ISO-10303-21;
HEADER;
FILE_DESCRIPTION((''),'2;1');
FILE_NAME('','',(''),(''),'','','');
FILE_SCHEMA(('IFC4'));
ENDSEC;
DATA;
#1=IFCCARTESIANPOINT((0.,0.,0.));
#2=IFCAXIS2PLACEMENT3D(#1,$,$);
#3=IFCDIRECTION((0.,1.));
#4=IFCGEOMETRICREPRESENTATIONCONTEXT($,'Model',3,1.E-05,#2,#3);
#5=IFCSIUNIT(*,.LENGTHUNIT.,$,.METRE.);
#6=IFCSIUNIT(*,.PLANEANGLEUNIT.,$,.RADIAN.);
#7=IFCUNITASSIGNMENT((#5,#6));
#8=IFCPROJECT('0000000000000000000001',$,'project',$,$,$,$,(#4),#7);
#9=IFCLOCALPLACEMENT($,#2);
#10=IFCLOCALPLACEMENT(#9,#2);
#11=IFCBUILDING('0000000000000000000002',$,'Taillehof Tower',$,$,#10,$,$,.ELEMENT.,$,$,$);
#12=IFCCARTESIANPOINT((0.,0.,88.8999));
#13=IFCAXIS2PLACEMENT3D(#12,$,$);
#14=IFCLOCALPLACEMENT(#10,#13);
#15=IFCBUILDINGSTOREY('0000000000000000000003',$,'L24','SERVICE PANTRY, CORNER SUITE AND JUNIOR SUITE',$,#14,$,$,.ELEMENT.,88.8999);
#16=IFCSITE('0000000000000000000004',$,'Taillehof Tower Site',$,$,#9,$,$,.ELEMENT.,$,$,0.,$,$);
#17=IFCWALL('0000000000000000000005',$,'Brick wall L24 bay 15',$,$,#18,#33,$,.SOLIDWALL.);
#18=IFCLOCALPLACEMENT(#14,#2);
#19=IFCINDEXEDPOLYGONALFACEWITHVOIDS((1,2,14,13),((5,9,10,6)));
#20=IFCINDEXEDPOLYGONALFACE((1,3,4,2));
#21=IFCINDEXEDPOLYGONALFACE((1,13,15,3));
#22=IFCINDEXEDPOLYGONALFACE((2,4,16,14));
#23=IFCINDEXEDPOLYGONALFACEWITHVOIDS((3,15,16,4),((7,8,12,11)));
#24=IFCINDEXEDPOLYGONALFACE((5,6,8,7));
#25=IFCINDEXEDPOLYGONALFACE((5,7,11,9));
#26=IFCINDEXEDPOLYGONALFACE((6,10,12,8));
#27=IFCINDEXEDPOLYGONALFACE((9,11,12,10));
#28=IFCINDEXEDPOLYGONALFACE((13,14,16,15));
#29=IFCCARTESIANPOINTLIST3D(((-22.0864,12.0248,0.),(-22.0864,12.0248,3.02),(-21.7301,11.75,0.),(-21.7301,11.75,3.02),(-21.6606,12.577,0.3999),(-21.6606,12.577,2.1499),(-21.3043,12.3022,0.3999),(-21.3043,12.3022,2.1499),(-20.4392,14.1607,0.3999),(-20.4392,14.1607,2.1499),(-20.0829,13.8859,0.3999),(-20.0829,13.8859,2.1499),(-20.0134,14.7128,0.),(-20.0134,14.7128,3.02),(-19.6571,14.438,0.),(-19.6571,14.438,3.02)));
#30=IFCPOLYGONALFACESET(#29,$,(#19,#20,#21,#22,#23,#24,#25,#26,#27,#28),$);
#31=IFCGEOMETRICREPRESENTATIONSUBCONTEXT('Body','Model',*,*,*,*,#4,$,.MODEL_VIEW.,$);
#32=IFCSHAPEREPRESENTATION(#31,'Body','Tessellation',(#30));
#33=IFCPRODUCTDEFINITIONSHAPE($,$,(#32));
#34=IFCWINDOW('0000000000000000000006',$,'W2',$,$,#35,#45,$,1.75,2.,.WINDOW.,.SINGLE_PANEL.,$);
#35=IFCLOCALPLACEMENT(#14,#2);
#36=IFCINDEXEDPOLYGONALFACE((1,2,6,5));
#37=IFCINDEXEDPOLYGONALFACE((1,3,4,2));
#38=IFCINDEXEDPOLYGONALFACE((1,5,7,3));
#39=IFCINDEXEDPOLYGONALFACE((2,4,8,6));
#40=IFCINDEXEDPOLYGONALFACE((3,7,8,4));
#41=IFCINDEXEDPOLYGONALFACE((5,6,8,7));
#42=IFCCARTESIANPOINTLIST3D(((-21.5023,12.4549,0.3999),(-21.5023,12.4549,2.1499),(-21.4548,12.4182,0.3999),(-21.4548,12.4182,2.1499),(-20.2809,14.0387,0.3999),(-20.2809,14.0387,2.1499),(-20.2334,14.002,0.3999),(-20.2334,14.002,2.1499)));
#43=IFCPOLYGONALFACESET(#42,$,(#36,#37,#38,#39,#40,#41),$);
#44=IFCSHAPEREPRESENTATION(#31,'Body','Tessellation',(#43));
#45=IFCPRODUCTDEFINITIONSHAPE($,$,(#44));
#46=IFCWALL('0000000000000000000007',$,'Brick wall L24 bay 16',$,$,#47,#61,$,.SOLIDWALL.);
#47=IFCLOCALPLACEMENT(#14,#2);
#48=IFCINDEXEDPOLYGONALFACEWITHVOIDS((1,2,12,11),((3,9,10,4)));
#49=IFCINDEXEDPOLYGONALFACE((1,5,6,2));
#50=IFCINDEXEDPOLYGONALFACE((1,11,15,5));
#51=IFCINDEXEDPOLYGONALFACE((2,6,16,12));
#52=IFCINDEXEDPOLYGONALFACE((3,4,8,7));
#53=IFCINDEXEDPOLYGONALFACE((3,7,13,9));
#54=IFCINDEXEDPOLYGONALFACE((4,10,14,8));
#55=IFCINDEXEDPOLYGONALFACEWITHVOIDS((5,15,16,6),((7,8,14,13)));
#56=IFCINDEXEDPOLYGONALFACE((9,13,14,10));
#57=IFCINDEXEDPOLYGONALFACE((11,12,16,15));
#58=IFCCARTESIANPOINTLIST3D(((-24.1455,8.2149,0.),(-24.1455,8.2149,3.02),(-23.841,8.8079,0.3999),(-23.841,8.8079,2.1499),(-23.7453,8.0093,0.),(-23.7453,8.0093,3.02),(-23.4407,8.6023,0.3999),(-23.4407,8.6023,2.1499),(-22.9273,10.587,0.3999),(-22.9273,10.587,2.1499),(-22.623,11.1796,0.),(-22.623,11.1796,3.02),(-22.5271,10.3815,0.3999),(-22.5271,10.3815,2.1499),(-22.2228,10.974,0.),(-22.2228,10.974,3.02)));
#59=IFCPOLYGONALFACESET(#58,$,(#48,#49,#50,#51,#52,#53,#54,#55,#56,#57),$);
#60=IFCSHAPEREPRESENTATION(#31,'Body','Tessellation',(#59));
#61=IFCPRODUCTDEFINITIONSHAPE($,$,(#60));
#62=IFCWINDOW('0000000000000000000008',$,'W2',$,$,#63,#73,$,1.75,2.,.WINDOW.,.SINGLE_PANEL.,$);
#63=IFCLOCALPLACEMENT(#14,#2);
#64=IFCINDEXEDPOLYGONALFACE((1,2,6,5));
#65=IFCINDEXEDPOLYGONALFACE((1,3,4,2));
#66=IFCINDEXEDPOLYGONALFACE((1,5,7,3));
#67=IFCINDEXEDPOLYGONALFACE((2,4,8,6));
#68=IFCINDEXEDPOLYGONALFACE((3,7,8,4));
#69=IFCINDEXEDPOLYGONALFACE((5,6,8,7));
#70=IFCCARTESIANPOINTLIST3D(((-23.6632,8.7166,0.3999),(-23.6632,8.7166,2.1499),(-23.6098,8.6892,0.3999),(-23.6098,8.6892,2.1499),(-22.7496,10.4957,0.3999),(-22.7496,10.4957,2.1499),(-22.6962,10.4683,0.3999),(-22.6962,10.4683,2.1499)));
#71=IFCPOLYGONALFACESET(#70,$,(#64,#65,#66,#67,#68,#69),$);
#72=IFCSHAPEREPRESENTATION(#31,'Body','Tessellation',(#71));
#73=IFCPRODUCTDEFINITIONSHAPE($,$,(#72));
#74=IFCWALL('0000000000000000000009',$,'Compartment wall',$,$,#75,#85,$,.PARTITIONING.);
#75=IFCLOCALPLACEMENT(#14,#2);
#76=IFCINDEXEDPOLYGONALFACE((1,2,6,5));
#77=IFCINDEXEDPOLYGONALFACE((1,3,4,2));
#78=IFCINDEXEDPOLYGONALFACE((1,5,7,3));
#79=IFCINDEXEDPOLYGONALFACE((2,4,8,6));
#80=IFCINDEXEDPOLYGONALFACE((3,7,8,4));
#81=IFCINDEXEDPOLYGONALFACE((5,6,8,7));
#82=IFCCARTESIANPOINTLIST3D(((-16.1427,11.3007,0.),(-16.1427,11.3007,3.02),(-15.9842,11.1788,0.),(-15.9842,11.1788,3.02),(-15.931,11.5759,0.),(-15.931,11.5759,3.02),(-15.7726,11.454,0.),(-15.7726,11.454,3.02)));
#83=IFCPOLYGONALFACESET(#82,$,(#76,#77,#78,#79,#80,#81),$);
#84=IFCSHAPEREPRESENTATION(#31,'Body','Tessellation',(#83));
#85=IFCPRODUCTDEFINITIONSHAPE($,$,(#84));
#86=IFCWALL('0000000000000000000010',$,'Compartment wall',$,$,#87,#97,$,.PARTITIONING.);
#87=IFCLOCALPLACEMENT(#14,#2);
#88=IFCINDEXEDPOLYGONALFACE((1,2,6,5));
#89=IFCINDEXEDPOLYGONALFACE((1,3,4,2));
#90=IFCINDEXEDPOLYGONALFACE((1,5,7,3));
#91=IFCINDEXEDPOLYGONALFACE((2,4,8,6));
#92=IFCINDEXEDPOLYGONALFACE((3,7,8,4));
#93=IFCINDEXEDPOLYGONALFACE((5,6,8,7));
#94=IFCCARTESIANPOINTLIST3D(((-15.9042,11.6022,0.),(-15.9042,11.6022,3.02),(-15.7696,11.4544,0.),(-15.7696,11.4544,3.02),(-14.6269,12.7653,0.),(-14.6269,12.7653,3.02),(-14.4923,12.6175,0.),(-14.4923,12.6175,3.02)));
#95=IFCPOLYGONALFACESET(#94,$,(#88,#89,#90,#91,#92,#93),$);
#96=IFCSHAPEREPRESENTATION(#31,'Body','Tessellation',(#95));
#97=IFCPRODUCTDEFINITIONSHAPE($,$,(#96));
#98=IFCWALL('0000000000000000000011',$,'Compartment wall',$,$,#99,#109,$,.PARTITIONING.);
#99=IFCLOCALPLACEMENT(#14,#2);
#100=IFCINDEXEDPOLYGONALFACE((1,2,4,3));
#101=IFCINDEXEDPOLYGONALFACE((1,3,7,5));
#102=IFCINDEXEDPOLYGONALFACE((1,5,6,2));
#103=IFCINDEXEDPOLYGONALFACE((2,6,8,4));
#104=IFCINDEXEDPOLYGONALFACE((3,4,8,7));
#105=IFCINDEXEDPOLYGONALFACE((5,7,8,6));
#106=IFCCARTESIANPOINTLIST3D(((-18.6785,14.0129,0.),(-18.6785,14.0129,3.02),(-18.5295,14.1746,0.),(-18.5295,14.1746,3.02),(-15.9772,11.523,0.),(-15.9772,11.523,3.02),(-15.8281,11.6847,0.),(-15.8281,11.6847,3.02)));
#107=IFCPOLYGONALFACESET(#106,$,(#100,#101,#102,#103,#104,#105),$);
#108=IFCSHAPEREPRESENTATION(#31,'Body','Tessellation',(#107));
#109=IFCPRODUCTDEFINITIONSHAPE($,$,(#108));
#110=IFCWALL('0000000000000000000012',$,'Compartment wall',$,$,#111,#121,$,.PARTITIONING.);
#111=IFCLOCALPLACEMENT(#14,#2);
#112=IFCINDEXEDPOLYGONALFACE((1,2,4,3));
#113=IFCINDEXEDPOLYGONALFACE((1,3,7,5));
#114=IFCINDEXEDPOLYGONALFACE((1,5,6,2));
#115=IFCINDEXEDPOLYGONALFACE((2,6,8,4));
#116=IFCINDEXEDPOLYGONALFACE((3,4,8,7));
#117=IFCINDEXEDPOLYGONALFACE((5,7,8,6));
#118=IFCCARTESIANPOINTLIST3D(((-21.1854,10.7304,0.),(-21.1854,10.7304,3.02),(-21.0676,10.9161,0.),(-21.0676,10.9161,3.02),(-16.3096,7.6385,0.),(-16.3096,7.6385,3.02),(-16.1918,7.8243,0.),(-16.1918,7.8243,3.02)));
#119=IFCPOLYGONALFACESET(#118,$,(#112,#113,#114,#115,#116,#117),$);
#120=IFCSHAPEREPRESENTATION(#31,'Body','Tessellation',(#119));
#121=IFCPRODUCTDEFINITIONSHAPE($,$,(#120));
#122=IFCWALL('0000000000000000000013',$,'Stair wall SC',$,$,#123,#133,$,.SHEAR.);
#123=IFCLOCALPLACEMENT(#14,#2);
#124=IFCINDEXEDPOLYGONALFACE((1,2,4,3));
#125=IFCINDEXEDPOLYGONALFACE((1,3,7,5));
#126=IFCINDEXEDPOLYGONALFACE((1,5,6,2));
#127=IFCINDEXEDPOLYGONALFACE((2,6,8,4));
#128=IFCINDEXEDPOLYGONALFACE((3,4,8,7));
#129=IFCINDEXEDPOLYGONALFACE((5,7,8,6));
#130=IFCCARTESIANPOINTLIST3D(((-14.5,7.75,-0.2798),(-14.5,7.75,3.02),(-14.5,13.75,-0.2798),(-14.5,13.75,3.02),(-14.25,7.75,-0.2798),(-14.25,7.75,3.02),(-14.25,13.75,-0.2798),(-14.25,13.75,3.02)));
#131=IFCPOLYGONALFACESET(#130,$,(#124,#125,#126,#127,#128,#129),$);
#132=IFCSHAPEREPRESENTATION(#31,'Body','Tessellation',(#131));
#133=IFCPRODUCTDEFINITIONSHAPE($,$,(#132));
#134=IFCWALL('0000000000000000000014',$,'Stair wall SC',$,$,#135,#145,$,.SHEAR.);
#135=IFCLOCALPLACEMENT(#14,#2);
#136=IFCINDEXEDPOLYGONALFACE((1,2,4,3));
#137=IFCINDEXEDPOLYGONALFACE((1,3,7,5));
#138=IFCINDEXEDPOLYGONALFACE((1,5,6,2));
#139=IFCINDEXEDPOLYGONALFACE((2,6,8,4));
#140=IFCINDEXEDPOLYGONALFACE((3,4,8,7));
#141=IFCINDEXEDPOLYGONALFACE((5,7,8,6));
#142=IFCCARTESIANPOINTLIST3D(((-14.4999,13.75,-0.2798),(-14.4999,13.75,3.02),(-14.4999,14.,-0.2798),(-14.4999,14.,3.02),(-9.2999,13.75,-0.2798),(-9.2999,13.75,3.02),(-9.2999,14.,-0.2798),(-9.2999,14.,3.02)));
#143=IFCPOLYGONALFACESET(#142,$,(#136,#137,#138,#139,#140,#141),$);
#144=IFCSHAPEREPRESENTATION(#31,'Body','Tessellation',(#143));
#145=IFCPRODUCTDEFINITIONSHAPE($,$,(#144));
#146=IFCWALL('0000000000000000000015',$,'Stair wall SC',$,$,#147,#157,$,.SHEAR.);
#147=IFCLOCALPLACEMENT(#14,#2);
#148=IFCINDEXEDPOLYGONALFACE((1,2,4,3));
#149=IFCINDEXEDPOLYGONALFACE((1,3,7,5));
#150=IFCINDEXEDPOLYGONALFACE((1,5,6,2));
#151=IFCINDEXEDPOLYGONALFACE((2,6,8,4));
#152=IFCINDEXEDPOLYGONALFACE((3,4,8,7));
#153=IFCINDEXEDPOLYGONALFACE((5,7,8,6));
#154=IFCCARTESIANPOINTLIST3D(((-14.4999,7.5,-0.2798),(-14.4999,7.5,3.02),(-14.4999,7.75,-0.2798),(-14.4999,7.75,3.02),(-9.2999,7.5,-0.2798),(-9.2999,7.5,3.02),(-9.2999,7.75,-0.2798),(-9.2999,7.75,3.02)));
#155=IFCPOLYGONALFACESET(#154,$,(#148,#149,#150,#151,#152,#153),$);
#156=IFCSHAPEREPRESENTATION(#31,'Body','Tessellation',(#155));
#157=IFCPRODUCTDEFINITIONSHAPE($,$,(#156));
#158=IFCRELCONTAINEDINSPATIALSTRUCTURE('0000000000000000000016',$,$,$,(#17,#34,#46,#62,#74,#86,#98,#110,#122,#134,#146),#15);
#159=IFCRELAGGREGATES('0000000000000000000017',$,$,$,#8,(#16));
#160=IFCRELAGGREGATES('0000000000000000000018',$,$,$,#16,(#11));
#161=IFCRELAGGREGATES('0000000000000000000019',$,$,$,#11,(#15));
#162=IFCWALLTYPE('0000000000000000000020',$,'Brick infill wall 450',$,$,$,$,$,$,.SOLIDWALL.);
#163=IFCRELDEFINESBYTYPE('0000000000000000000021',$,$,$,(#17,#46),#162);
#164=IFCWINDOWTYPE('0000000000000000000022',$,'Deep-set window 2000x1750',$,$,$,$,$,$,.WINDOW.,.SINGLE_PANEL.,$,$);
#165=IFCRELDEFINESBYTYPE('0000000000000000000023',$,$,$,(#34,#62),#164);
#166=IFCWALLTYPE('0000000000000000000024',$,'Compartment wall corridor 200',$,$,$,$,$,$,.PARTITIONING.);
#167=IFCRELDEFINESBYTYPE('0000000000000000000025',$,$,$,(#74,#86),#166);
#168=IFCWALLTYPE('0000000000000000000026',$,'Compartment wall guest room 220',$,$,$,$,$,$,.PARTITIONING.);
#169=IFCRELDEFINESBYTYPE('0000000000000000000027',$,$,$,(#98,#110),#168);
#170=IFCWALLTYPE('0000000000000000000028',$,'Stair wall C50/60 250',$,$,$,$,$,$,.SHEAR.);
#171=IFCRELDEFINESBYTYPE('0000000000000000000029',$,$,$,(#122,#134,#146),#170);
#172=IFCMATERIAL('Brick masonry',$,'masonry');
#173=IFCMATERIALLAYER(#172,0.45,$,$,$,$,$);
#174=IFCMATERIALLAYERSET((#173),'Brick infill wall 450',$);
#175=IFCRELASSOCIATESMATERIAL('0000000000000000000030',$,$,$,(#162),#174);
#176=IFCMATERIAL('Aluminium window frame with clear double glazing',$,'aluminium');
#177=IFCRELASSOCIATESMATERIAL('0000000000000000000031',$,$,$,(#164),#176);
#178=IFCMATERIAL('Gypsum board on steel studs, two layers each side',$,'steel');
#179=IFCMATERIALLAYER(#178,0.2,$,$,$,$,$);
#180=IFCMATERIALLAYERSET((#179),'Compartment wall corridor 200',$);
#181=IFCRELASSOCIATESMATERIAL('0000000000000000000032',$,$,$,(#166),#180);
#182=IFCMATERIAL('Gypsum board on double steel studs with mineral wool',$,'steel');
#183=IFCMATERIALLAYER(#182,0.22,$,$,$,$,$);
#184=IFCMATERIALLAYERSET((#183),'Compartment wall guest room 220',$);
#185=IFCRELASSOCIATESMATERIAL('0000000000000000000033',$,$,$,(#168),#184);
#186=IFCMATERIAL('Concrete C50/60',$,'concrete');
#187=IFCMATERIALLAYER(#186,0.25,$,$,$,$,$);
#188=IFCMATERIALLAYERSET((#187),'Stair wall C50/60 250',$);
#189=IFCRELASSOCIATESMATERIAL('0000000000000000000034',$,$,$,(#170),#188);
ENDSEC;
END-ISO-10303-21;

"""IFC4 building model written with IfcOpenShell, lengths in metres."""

from ifc_helpers import new_model, si_unit, direction, frame, frame_2d, origin, place, context, subcontext, project, spatial, rectangle, extrude, material, layer, layer_set, type_object, element, fill, save


model = new_model("IFC4")

# Units and contexts
model_context = context("Model", 3, precision=1e-05, world=origin(), true_north=direction((0.0, 1.0)))
body_context = subcontext(model_context, "Body", "Model", "MODEL_VIEW")
ifc_project = project(units=[si_unit("LENGTHUNIT", "METRE"), si_unit("PLANEANGLEUNIT", "RADIAN")], contexts=[model_context])

# Site, building, storey
site_placement = place(None, origin())
site = spatial("IfcSite", under=ifc_project, at=site_placement, Name="Taillehof Tower Site", CompositionType="ELEMENT", RefElevation=0.0)
building_placement = place(site_placement, origin())
building = spatial("IfcBuilding", under=site, at=building_placement, Name="Taillehof Tower", CompositionType="ELEMENT")
storey_placement = place(building_placement, frame((0.0, 0.0, 88.8999)))
storey = spatial("IfcBuildingStorey", under=building, at=storey_placement, Name="L24", Description="SERVICE PANTRY, CORNER SUITE AND JUNIOR SUITE", CompositionType="ELEMENT", Elevation=88.8999)

# Walls, openings, windows
ifc_material_1 = material(Name="Brick masonry", Category="masonry")
ifc_layer_1 = layer(ifc_material_1, 0.45)
ifc_layer_set_1 = layer_set([ifc_layer_1], Name="Brick infill wall 450")
wall_type_1 = type_object("IfcWallType", Name="Brick infill wall 450", PredefinedType="SOLIDWALL", material=ifc_layer_set_1)
ifc_material_2 = material(Name="Aluminium window frame with clear double glazing", Category="aluminium")
window_type = type_object("IfcWindowType", Name="Deep-set window 2000x1750", PartitioningType="SINGLE_PANEL", PredefinedType="WINDOW", material=ifc_material_2)
wall_1_placement = place(storey_placement, frame((-19.8352, 14.5754, 0.0), z_axis=(0.0, 0.0, 1.0), x_axis=(-0.610694, -0.791867, 0.0)))
wall_1 = element("IfcWall", 1, at=wall_1_placement, inside=storey, type_object=wall_type_1, Name="Brick wall L24 bay 15", PredefinedType="SOLIDWALL", context=body_context, shape_type="SweptSolid", body=[
    extrude(rectangle(XDim=3.3945, YDim=0.45, at=frame_2d((1.6973, 0.0))), origin(), (0.0, 0.0, 1.0), 3.02),
])
opening_1_placement = place(wall_1_placement, frame((0.6973, 0.0, 0.3999)))
opening_1 = element("IfcOpeningElement", 2, at=opening_1_placement, cuts=wall_1, PredefinedType="OPENING", context=body_context, shape_type="SweptSolid", body=[
    extrude(rectangle(XDim=2.0, YDim=1.75, at=frame_2d((1.0, 0.875))), frame((0.0, 0.2349, 0.0), z_axis=(0.0, -1.0, 0.0), x_axis=(1.0, 0.0, 0.0)), (0.0, 0.0, 1.0), 0.47),
])
window_1_placement = place(opening_1_placement, origin())
window_1 = element("IfcWindow", 3, at=window_1_placement, inside=storey, type_object=window_type, Name="W2", OverallHeight=1.75, OverallWidth=2.0, PartitioningType="SINGLE_PANEL", PredefinedType="WINDOW", context=body_context, shape_type="SweptSolid", body=[
    extrude(rectangle(XDim=2.0, YDim=1.75, at=frame_2d((1.0, 0.875))), frame((0.0, 0.0349, 0.0), z_axis=(0.0, -1.0, 0.0), x_axis=(1.0, 0.0, 0.0)), (0.0, 0.0, 1.0), 0.0601),
])
fill(opening_1, window_1)
wall_2_placement = place(storey_placement, frame((-22.4229, 11.0769, 0.0), z_axis=(0.0, 0.0, 1.0), x_axis=(-0.456828, -0.889555, 0.0)))
wall_2 = element("IfcWall", 4, at=wall_2_placement, inside=storey, type_object=wall_type_1, Name="Brick wall L24 bay 16", PredefinedType="SOLIDWALL", context=body_context, shape_type="SweptSolid", body=[
    extrude(rectangle(XDim=3.3328, YDim=0.45, at=frame_2d((1.6665, 0.0))), origin(), (0.0, 0.0, 1.0), 3.02),
])
opening_2_placement = place(wall_2_placement, frame((0.6663, 0.0, 0.3999)))
opening_2 = element("IfcOpeningElement", 5, at=opening_2_placement, cuts=wall_2, PredefinedType="OPENING", context=body_context, shape_type="SweptSolid", body=[
    extrude(rectangle(XDim=2.0, YDim=1.75, at=frame_2d((1.0, 0.875))), frame((0.0, 0.2349, 0.0), z_axis=(0.0, -1.0, 0.0), x_axis=(1.0, 0.0, 0.0)), (0.0, 0.0, 1.0), 0.47),
])
window_2_placement = place(opening_2_placement, origin())
window_2 = element("IfcWindow", 6, at=window_2_placement, inside=storey, type_object=window_type, Name="W2", OverallHeight=1.75, OverallWidth=2.0, PartitioningType="SINGLE_PANEL", PredefinedType="WINDOW", context=body_context, shape_type="SweptSolid", body=[
    extrude(rectangle(XDim=2.0, YDim=1.75, at=frame_2d((1.0, 0.875))), frame((0.0, 0.0349, 0.0), z_axis=(0.0, -1.0, 0.0), x_axis=(1.0, 0.0, 0.0)), (0.0, 0.0, 1.0), 0.0601),
])
fill(opening_2, window_2)

# Walls
ifc_material_3 = material(Name="Gypsum board on steel studs, two layers each side", Category="steel")
ifc_layer_2 = layer(ifc_material_3, 0.2)
ifc_layer_set_2 = layer_set([ifc_layer_2], Name="Compartment wall corridor 200")
wall_type_2 = type_object("IfcWallType", Name="Compartment wall corridor 200", PredefinedType="PARTITIONING", material=ifc_layer_set_2)
wall_3_placement = place(storey_placement, frame((-16.0635, 11.2397, 0.0), z_axis=(0.0, 0.0, 1.0), x_axis=(0.609745, 0.792598, 0.0)))
element("IfcWall", 7, at=wall_3_placement, inside=storey, type_object=wall_type_2, Name="Compartment wall", PredefinedType="PARTITIONING", context=body_context, shape_type="SweptSolid", body=[
    extrude(rectangle(XDim=0.3472, YDim=0.2, at=frame_2d((0.1736, 0.0))), origin(), (0.0, 0.0, 1.0), 3.02),
])
wall_4_placement = place(storey_placement, frame((-15.8369, 11.5283, 0.0), z_axis=(0.0, 0.0, 1.0), x_axis=(0.739403, 0.673263, 0.0)))
element("IfcWall", 8, at=wall_4_placement, inside=storey, type_object=wall_type_2, Name="Compartment wall", PredefinedType="PARTITIONING", context=body_context, shape_type="SweptSolid", body=[
    extrude(rectangle(XDim=1.7275, YDim=0.2, at=frame_2d((0.8638, 0.0))), origin(), (0.0, 0.0, 1.0), 3.02),
])
ifc_material_4 = material(Name="Gypsum board on double steel studs with mineral wool", Category="steel")
ifc_layer_3 = layer(ifc_material_4, 0.22)
ifc_layer_set_3 = layer_set([ifc_layer_3], Name="Compartment wall guest room 220")
wall_type_3 = type_object("IfcWallType", Name="Compartment wall guest room 220", PredefinedType="PARTITIONING", material=ifc_layer_set_3)
wall_5_placement = place(storey_placement, frame((-18.604, 14.0938, 0.0), z_axis=(0.0, 0.0, 1.0), x_axis=(0.735295, -0.677747, 0.0)))
element("IfcWall", 9, at=wall_5_placement, inside=storey, type_object=wall_type_3, Name="Compartment wall", PredefinedType="PARTITIONING", context=body_context, shape_type="SweptSolid", body=[
    extrude(rectangle(XDim=3.6738, YDim=0.22, at=frame_2d((1.8369, 0.0))), origin(), (0.0, 0.0, 1.0), 3.02),
])
wall_6_placement = place(storey_placement, frame((-21.1265, 10.8232, 0.0), z_axis=(0.0, 0.0, 1.0), x_axis=(0.844519, -0.535526, 0.0)))
element("IfcWall", 10, at=wall_6_placement, inside=storey, type_object=wall_type_3, Name="Compartment wall", PredefinedType="PARTITIONING", context=body_context, shape_type="SweptSolid", body=[
    extrude(rectangle(XDim=5.7734, YDim=0.22, at=frame_2d((2.8867, 0.0))), origin(), (0.0, 0.0, 1.0), 3.02),
])
ifc_material_5 = material(Name="Concrete C50/60", Category="concrete")
ifc_layer_4 = layer(ifc_material_5, 0.25)
ifc_layer_set_4 = layer_set([ifc_layer_4], Name="Stair wall C50/60 250")
wall_type_4 = type_object("IfcWallType", Name="Stair wall C50/60 250", PredefinedType="SHEAR", material=ifc_layer_set_4)
wall_7_placement = place(storey_placement, frame((-14.375, 7.75, -0.2798), z_axis=(0.0, 0.0, 1.0), x_axis=(0.0, 1.0, 0.0)))
element("IfcWall", 11, at=wall_7_placement, inside=storey, type_object=wall_type_4, Name="Stair wall SC", PredefinedType="SHEAR", context=body_context, shape_type="SweptSolid", body=[
    extrude(rectangle(XDim=6.0, YDim=0.25, at=frame_2d((3.0, 0.0))), origin(), (0.0, 0.0, 1.0), 3.2998),
])
for number, where, z_axis, x_axis, name in (
    (12, (-14.5, 13.875, -0.2798), (0.0, 0.0, 1.0), (1.0, 0.0, 0.0), "Stair wall SC"),
    (13, (-14.5, 7.625, -0.2798), (0.0, 0.0, 1.0), (1.0, 0.0, 0.0), "Stair wall SC"),
):
    element("IfcWall", number, at=place(storey_placement, frame(where, z_axis=z_axis, x_axis=x_axis)), inside=storey, type_object=wall_type_4, Name=name, PredefinedType="SHEAR", context=body_context, shape_type="SweptSolid", body=[
        extrude(rectangle(XDim=5.2, YDim=0.25, at=frame_2d((2.6001, 0.0))), origin(), (0.0, 0.0, 1.0), 3.2998),
    ])

save(model, "model.ifc")
